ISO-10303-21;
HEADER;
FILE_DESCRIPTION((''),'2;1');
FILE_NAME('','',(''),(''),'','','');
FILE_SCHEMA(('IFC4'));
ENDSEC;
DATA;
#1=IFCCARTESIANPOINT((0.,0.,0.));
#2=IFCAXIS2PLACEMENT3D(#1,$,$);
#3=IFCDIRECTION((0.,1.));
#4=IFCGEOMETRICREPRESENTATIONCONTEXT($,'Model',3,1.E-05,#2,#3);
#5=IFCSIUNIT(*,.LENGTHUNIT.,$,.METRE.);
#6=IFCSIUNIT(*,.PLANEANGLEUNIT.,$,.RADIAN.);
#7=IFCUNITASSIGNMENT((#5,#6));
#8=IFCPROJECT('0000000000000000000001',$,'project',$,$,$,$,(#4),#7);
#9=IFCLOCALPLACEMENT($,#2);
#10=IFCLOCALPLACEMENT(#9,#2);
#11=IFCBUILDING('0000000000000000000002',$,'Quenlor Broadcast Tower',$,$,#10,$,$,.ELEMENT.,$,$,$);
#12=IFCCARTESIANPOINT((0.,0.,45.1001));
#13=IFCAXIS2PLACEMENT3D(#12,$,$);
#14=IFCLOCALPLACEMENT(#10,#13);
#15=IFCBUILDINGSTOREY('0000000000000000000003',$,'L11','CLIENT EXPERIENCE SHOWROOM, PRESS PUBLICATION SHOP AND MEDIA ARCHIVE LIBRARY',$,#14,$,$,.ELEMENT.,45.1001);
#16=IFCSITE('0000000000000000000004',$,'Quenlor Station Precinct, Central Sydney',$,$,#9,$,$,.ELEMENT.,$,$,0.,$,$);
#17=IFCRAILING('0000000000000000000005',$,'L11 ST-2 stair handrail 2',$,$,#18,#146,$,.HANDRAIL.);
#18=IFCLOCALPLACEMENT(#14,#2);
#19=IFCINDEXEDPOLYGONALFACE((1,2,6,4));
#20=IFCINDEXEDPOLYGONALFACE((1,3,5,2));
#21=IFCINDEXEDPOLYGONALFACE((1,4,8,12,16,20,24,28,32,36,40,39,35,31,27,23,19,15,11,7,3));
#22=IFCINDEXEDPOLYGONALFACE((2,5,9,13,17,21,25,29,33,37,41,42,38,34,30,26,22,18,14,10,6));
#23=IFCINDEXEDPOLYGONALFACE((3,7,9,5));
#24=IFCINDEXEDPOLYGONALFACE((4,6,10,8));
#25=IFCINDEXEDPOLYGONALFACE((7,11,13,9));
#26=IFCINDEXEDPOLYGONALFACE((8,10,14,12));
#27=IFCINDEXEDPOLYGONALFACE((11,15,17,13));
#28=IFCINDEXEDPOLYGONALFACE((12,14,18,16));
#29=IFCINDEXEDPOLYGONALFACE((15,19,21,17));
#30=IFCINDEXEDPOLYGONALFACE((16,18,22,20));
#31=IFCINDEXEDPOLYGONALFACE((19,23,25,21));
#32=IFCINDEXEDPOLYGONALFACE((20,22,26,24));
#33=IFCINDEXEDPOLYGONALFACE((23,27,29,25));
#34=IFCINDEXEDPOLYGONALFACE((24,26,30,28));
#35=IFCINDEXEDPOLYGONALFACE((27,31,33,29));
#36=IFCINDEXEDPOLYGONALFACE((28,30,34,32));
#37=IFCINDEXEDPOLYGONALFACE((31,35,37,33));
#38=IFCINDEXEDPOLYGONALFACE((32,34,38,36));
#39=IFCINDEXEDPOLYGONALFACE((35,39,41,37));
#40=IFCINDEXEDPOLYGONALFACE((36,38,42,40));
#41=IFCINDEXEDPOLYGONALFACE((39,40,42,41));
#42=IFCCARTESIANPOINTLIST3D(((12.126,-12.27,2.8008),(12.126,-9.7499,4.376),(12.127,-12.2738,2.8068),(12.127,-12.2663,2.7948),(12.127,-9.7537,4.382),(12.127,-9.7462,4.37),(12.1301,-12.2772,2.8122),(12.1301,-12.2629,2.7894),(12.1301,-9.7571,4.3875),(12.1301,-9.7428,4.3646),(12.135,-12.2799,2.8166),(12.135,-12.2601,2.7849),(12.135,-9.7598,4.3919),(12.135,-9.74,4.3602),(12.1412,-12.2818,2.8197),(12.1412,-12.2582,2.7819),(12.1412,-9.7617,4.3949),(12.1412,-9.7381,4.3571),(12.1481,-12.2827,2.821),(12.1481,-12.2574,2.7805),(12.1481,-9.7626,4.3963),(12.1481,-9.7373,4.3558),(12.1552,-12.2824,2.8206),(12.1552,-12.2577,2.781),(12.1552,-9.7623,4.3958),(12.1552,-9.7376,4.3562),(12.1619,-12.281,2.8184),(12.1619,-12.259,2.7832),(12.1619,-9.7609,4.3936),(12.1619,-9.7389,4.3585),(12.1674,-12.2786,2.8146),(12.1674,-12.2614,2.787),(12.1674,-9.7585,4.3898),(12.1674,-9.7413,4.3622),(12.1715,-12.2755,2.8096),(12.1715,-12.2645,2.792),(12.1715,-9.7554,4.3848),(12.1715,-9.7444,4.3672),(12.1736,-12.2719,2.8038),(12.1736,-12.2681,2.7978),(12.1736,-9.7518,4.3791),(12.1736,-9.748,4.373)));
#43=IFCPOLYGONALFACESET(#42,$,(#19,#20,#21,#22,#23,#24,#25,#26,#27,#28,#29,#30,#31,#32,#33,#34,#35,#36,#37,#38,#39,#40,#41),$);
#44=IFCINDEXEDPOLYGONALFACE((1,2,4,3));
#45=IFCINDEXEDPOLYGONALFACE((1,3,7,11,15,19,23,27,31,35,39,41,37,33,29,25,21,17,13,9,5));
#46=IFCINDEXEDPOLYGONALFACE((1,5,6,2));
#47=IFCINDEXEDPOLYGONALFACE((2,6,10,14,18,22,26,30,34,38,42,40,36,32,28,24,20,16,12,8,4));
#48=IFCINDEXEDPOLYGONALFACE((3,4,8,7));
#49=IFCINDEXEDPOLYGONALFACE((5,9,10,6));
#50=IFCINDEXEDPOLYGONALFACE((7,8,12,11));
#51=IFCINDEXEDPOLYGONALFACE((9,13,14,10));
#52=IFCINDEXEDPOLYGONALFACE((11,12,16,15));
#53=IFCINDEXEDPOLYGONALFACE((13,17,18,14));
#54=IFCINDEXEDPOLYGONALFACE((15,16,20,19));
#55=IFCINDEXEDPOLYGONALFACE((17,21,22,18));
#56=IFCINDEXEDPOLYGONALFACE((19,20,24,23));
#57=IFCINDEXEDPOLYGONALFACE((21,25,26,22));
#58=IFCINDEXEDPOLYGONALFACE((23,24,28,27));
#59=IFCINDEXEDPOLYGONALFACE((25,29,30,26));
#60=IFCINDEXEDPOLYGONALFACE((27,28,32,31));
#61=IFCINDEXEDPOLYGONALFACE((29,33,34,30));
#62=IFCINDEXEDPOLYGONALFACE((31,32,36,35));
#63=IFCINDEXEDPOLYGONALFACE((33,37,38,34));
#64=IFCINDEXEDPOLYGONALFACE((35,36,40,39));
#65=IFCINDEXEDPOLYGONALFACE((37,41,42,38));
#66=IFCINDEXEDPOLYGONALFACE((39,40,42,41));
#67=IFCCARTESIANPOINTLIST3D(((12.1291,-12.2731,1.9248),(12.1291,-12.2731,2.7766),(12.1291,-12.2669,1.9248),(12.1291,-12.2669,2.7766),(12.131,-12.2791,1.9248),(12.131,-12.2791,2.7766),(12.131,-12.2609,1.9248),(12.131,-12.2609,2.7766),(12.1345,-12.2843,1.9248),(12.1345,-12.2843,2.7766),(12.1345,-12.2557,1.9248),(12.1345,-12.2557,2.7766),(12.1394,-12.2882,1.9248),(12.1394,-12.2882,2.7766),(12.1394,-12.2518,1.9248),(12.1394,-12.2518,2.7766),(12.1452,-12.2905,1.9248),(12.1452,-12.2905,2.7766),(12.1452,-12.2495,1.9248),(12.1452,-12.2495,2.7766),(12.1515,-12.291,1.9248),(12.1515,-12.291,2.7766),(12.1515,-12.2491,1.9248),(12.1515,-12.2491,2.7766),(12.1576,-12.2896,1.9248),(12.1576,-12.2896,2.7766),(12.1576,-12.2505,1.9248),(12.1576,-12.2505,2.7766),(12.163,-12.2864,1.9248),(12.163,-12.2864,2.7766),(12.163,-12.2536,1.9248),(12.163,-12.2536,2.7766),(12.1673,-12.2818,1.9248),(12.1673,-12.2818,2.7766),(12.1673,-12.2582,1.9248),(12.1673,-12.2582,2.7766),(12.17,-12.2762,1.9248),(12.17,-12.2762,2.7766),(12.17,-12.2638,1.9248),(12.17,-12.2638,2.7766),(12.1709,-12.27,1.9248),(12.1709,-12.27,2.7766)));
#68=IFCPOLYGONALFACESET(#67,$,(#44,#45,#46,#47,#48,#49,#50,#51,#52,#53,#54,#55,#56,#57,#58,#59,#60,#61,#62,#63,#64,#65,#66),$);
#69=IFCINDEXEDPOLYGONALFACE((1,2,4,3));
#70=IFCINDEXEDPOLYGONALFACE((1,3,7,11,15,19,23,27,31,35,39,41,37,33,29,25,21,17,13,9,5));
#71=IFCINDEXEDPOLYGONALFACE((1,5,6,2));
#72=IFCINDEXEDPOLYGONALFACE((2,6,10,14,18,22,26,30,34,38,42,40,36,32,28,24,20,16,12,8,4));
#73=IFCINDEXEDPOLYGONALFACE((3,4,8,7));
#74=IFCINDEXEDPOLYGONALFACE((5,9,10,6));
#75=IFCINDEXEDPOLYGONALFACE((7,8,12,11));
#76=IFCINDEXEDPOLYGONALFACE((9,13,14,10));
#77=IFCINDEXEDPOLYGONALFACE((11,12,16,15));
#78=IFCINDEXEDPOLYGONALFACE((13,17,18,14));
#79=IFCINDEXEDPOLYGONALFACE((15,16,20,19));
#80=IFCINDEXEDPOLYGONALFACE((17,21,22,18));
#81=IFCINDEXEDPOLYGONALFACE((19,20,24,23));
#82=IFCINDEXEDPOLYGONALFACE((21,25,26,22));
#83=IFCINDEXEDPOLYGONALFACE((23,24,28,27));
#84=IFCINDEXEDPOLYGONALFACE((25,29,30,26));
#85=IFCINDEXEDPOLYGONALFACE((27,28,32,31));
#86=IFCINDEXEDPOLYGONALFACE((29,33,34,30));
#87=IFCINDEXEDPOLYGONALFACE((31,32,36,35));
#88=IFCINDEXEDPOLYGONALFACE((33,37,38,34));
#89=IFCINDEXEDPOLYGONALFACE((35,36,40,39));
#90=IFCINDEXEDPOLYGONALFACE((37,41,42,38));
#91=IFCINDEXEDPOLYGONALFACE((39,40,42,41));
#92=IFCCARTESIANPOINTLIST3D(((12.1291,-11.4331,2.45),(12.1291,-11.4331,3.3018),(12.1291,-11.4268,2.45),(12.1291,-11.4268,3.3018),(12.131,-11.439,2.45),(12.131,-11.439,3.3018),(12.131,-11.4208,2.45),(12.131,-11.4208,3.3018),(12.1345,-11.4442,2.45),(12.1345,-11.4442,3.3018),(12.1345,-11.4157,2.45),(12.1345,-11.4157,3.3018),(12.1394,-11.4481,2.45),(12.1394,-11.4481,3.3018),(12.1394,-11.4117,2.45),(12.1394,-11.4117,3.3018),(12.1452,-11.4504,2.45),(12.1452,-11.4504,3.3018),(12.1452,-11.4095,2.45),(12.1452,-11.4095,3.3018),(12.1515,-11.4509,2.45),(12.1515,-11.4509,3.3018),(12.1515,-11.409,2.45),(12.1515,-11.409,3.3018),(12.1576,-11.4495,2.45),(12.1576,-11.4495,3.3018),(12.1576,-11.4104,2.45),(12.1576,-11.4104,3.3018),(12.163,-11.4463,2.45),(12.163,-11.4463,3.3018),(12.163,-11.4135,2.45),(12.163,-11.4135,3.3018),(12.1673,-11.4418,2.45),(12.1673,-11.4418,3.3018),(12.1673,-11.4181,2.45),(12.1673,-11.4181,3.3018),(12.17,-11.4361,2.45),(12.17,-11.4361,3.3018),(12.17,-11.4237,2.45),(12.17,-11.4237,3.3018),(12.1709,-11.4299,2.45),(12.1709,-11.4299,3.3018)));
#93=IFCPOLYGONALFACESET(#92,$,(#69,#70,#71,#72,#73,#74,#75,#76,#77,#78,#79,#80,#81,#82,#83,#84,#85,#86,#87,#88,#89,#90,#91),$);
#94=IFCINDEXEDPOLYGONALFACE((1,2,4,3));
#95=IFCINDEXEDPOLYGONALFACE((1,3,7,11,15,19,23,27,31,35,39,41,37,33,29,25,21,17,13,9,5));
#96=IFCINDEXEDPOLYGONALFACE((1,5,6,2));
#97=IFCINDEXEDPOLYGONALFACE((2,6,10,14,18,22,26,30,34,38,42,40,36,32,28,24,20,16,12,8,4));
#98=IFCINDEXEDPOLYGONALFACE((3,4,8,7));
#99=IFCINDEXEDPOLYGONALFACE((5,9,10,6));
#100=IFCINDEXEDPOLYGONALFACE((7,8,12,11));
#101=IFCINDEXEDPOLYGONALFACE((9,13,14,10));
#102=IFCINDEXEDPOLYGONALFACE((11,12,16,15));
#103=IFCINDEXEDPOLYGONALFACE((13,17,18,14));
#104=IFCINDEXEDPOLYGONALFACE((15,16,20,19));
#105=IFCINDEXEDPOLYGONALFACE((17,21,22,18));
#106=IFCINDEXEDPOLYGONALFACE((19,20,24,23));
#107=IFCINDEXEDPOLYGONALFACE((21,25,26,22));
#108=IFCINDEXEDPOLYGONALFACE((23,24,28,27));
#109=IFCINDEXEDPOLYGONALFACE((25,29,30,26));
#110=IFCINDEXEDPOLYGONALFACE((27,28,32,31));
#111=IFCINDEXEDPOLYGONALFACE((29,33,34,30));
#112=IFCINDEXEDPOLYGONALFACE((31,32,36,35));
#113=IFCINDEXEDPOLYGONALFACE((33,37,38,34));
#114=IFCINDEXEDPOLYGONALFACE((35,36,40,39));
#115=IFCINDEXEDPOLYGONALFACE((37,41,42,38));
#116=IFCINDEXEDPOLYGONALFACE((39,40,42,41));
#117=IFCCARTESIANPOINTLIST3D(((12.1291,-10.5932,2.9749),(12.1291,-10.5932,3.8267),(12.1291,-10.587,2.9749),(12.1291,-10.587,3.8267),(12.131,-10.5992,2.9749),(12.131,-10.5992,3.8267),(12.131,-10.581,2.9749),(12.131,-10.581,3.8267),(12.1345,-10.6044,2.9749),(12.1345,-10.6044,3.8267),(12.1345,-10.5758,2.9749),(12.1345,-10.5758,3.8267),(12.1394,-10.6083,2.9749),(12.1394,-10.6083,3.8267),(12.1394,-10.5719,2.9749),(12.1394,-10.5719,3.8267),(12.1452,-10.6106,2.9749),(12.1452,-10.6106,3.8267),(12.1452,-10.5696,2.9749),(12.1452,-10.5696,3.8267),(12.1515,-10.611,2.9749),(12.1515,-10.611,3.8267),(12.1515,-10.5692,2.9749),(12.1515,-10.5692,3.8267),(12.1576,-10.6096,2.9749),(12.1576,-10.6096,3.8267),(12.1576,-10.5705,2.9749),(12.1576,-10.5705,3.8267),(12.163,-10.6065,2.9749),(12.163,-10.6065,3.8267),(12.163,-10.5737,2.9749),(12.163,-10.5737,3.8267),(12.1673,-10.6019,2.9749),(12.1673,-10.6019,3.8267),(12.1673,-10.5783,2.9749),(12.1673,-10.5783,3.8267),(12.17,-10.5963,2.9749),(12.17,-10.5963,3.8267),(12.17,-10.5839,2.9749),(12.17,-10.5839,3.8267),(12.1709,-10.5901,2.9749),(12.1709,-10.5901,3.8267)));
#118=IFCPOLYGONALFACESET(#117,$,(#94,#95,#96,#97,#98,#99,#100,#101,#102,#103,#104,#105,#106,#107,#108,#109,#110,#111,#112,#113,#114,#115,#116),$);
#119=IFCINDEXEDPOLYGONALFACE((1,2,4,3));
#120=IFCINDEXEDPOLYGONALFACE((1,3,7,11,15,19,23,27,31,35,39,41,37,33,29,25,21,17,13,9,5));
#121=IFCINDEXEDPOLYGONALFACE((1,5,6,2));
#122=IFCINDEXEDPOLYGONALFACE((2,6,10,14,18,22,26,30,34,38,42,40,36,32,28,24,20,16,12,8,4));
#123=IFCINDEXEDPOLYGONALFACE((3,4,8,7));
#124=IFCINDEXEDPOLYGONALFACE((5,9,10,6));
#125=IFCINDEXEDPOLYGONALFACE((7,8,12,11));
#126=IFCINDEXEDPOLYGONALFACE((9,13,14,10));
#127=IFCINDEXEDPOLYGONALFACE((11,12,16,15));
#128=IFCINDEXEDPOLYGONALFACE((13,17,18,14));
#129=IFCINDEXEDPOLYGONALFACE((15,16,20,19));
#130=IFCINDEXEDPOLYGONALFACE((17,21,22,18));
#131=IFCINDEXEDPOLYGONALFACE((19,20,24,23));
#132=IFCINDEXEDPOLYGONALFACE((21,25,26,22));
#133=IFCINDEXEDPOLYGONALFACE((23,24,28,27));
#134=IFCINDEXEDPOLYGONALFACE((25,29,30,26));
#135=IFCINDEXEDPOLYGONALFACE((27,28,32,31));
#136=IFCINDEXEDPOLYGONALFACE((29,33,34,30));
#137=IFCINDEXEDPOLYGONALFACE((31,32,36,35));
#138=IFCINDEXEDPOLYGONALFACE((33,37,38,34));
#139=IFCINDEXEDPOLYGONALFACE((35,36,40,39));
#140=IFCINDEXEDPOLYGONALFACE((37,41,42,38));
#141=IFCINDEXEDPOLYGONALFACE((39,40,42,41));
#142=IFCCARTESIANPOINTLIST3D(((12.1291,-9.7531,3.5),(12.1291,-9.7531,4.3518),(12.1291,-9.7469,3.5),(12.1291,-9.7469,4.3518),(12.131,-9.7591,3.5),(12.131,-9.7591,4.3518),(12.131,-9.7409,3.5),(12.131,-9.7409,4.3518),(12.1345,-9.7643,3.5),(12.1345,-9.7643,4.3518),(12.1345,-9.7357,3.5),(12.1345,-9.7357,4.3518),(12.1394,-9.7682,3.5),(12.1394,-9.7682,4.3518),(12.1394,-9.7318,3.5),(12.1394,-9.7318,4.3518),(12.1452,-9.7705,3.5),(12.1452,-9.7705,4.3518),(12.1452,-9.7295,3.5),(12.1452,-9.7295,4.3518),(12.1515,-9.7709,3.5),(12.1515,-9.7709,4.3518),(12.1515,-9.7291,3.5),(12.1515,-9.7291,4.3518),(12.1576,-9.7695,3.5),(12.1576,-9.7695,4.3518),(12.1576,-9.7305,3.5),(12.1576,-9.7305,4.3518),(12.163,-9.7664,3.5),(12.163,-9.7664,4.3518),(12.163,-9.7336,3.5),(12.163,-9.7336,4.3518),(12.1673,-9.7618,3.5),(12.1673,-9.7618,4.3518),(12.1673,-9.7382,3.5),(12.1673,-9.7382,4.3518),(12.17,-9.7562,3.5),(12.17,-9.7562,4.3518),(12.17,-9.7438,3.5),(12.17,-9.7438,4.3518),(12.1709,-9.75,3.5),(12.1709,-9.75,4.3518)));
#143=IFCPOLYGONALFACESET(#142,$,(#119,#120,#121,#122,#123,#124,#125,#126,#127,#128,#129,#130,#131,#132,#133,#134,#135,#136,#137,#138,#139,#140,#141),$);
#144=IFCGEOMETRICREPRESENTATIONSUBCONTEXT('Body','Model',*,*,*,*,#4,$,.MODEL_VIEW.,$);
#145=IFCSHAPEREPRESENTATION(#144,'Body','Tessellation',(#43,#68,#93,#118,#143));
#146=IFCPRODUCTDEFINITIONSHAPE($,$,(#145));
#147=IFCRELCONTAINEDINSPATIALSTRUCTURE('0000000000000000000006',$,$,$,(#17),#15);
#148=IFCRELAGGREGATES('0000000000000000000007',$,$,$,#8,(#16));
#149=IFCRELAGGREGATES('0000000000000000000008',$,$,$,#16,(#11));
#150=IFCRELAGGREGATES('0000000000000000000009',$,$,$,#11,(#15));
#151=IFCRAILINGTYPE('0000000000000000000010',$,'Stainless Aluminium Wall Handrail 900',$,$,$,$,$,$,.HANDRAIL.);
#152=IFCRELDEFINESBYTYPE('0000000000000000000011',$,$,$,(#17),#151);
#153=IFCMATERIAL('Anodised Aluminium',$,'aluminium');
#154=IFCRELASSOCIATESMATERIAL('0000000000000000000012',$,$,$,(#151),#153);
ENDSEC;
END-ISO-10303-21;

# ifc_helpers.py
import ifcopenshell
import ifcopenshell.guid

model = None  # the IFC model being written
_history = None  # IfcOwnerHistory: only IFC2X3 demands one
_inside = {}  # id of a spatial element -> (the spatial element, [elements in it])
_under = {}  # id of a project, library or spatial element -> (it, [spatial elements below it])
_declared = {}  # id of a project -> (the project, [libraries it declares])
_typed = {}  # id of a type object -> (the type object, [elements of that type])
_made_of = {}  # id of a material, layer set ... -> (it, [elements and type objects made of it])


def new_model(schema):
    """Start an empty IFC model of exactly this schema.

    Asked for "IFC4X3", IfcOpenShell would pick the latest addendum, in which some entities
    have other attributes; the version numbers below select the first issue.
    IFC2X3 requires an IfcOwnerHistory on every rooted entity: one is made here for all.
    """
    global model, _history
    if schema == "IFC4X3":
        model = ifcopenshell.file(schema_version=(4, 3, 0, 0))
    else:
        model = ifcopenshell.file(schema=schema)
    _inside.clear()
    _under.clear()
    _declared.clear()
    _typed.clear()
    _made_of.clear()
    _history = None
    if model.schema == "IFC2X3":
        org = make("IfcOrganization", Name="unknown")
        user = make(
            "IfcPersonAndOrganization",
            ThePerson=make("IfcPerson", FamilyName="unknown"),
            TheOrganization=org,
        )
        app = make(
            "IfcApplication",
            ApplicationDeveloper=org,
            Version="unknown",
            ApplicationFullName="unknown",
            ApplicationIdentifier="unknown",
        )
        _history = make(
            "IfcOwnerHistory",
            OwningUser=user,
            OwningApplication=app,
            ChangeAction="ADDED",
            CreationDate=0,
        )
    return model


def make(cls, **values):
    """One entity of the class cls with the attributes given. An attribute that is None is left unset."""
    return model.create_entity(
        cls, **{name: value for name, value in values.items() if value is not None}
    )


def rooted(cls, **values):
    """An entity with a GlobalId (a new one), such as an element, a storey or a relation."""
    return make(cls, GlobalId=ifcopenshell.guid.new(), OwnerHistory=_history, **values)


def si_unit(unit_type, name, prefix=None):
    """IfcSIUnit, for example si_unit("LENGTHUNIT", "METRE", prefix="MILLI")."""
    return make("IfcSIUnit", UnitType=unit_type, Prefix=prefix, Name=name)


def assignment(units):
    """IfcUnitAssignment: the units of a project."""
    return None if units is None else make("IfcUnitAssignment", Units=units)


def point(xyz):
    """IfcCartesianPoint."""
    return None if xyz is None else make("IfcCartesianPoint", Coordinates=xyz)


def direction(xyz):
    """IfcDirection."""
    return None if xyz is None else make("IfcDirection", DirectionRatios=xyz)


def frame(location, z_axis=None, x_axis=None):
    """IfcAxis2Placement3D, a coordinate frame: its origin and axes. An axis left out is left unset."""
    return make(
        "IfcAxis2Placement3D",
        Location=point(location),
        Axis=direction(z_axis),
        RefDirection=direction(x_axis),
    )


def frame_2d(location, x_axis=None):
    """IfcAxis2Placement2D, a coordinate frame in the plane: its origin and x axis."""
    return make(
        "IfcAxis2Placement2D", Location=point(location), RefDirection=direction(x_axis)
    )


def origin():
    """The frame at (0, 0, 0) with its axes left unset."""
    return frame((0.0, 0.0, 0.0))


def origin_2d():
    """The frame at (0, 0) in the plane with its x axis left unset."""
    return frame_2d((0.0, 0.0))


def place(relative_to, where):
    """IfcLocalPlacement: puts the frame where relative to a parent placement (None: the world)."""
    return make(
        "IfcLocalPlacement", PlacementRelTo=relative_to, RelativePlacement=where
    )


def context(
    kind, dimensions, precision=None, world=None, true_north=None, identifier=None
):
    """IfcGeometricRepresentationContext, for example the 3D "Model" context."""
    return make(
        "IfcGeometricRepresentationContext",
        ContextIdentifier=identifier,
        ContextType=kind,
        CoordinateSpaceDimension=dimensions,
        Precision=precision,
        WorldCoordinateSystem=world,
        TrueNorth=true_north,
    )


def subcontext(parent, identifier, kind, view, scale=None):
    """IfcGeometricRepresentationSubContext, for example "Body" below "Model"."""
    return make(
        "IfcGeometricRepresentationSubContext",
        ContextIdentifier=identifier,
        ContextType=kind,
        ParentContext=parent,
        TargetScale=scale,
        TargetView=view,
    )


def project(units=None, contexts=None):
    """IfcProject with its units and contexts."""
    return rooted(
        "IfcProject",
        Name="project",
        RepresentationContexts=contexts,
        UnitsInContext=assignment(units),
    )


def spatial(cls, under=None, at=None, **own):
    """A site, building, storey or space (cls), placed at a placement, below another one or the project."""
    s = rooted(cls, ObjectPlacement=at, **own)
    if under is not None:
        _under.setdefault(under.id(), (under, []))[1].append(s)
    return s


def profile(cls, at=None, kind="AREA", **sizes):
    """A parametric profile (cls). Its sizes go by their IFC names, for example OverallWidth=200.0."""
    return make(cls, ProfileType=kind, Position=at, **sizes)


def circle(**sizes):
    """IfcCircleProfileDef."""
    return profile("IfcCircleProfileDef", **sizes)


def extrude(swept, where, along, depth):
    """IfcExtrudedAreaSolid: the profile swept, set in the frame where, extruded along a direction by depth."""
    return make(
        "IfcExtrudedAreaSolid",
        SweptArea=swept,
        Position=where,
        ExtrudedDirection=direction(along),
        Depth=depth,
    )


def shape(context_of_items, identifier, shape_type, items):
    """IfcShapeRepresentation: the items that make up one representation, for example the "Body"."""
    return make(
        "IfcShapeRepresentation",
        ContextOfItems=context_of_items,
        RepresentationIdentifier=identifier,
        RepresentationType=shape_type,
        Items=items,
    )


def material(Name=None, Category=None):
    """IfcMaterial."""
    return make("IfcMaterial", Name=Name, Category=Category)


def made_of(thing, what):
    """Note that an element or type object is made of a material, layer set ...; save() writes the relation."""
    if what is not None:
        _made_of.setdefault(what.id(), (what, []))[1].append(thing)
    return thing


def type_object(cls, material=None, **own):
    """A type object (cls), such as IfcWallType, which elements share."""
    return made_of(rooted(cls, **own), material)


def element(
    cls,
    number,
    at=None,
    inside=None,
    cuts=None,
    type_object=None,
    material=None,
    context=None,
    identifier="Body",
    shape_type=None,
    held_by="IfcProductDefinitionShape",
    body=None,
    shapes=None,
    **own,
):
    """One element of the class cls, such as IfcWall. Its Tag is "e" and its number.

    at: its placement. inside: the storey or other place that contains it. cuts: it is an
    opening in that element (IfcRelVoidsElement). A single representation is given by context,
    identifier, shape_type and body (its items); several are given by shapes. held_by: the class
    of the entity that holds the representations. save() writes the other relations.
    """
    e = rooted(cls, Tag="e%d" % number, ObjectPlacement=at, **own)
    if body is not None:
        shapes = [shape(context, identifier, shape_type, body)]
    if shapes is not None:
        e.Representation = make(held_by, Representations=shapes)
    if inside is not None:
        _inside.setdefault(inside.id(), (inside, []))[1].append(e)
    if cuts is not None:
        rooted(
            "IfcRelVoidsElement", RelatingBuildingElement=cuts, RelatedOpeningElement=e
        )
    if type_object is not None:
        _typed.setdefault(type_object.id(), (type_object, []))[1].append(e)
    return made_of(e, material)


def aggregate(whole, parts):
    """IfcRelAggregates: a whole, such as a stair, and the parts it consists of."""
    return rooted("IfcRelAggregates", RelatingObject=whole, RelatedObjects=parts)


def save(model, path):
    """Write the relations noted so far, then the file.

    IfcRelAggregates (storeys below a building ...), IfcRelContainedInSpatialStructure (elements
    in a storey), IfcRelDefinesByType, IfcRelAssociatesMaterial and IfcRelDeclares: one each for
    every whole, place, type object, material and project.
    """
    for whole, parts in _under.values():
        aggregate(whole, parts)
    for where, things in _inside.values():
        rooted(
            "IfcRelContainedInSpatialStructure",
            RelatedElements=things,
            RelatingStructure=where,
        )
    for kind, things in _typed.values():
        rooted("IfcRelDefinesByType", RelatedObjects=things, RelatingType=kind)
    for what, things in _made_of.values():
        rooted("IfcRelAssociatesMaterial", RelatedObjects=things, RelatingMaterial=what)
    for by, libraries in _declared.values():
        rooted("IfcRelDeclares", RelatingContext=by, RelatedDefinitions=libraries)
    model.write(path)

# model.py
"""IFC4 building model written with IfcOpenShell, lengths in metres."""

from ifc_helpers import new_model, si_unit, direction, frame, origin, origin_2d, place, context, subcontext, project, spatial, circle, extrude, material, type_object, element, save


model = new_model("IFC4")

# Units and contexts
model_context = context("Model", 3, precision=1e-05, world=origin(), true_north=direction((0.0, 1.0)))
body_context = subcontext(model_context, "Body", "Model", "MODEL_VIEW")
ifc_project = project(units=[si_unit("LENGTHUNIT", "METRE"), si_unit("PLANEANGLEUNIT", "RADIAN")], contexts=[model_context])

# Site, building, storey
site_placement = place(None, origin())
site = spatial("IfcSite", under=ifc_project, at=site_placement, Name="Quenlor Station Precinct, Central Sydney", CompositionType="ELEMENT", RefElevation=0.0)
building_placement = place(site_placement, origin())
building = spatial("IfcBuilding", under=site, at=building_placement, Name="Quenlor Broadcast Tower", CompositionType="ELEMENT")
storey_placement = place(building_placement, frame((0.0, 0.0, 45.1001)))
storey = spatial("IfcBuildingStorey", under=building, at=storey_placement, Name="L11", Description="CLIENT EXPERIENCE SHOWROOM, PRESS PUBLICATION SHOP AND MEDIA ARCHIVE LIBRARY", CompositionType="ELEMENT", Elevation=45.1001)

# Railing
ifc_material_1 = material(Name="Anodised Aluminium", Category="aluminium")
railing_type = type_object("IfcRailingType", Name="Stainless Aluminium Wall Handrail 900", PredefinedType="HANDRAIL", material=ifc_material_1)
railing_placement = place(storey_placement, frame((12.1499, -12.27, 1.9248)))
element("IfcRailing", 1, at=railing_placement, inside=storey, type_object=railing_type, Name="L11 ST-2 stair handrail 2", PredefinedType="HANDRAIL", context=body_context, shape_type="SweptSolid", body=[
    extrude(circle(Radius=0.0239, at=origin_2d()), frame((0.0, 0.0, 0.876), z_axis=(0.0, 0.847971, 0.530043), x_axis=(-1.0, 0.0, 0.0)), (0.0, 0.0, 1.0), 2.9719),
    extrude(circle(Radius=0.021, at=origin_2d()), origin(), (0.0, 0.0, 1.0), 0.8518),
    extrude(circle(Radius=0.021, at=origin_2d()), frame((0.0, 0.8401, 0.5251)), (0.0, 0.0, 1.0), 0.8518),
    extrude(circle(Radius=0.021, at=origin_2d()), frame((0.0, 1.6799, 1.05)), (0.0, 0.0, 1.0), 0.8518),
    extrude(circle(Radius=0.021, at=origin_2d()), frame((0.0, 2.52, 1.5752)), (0.0, 0.0, 1.0), 0.8518),
])

save(model, "model.ifc")
